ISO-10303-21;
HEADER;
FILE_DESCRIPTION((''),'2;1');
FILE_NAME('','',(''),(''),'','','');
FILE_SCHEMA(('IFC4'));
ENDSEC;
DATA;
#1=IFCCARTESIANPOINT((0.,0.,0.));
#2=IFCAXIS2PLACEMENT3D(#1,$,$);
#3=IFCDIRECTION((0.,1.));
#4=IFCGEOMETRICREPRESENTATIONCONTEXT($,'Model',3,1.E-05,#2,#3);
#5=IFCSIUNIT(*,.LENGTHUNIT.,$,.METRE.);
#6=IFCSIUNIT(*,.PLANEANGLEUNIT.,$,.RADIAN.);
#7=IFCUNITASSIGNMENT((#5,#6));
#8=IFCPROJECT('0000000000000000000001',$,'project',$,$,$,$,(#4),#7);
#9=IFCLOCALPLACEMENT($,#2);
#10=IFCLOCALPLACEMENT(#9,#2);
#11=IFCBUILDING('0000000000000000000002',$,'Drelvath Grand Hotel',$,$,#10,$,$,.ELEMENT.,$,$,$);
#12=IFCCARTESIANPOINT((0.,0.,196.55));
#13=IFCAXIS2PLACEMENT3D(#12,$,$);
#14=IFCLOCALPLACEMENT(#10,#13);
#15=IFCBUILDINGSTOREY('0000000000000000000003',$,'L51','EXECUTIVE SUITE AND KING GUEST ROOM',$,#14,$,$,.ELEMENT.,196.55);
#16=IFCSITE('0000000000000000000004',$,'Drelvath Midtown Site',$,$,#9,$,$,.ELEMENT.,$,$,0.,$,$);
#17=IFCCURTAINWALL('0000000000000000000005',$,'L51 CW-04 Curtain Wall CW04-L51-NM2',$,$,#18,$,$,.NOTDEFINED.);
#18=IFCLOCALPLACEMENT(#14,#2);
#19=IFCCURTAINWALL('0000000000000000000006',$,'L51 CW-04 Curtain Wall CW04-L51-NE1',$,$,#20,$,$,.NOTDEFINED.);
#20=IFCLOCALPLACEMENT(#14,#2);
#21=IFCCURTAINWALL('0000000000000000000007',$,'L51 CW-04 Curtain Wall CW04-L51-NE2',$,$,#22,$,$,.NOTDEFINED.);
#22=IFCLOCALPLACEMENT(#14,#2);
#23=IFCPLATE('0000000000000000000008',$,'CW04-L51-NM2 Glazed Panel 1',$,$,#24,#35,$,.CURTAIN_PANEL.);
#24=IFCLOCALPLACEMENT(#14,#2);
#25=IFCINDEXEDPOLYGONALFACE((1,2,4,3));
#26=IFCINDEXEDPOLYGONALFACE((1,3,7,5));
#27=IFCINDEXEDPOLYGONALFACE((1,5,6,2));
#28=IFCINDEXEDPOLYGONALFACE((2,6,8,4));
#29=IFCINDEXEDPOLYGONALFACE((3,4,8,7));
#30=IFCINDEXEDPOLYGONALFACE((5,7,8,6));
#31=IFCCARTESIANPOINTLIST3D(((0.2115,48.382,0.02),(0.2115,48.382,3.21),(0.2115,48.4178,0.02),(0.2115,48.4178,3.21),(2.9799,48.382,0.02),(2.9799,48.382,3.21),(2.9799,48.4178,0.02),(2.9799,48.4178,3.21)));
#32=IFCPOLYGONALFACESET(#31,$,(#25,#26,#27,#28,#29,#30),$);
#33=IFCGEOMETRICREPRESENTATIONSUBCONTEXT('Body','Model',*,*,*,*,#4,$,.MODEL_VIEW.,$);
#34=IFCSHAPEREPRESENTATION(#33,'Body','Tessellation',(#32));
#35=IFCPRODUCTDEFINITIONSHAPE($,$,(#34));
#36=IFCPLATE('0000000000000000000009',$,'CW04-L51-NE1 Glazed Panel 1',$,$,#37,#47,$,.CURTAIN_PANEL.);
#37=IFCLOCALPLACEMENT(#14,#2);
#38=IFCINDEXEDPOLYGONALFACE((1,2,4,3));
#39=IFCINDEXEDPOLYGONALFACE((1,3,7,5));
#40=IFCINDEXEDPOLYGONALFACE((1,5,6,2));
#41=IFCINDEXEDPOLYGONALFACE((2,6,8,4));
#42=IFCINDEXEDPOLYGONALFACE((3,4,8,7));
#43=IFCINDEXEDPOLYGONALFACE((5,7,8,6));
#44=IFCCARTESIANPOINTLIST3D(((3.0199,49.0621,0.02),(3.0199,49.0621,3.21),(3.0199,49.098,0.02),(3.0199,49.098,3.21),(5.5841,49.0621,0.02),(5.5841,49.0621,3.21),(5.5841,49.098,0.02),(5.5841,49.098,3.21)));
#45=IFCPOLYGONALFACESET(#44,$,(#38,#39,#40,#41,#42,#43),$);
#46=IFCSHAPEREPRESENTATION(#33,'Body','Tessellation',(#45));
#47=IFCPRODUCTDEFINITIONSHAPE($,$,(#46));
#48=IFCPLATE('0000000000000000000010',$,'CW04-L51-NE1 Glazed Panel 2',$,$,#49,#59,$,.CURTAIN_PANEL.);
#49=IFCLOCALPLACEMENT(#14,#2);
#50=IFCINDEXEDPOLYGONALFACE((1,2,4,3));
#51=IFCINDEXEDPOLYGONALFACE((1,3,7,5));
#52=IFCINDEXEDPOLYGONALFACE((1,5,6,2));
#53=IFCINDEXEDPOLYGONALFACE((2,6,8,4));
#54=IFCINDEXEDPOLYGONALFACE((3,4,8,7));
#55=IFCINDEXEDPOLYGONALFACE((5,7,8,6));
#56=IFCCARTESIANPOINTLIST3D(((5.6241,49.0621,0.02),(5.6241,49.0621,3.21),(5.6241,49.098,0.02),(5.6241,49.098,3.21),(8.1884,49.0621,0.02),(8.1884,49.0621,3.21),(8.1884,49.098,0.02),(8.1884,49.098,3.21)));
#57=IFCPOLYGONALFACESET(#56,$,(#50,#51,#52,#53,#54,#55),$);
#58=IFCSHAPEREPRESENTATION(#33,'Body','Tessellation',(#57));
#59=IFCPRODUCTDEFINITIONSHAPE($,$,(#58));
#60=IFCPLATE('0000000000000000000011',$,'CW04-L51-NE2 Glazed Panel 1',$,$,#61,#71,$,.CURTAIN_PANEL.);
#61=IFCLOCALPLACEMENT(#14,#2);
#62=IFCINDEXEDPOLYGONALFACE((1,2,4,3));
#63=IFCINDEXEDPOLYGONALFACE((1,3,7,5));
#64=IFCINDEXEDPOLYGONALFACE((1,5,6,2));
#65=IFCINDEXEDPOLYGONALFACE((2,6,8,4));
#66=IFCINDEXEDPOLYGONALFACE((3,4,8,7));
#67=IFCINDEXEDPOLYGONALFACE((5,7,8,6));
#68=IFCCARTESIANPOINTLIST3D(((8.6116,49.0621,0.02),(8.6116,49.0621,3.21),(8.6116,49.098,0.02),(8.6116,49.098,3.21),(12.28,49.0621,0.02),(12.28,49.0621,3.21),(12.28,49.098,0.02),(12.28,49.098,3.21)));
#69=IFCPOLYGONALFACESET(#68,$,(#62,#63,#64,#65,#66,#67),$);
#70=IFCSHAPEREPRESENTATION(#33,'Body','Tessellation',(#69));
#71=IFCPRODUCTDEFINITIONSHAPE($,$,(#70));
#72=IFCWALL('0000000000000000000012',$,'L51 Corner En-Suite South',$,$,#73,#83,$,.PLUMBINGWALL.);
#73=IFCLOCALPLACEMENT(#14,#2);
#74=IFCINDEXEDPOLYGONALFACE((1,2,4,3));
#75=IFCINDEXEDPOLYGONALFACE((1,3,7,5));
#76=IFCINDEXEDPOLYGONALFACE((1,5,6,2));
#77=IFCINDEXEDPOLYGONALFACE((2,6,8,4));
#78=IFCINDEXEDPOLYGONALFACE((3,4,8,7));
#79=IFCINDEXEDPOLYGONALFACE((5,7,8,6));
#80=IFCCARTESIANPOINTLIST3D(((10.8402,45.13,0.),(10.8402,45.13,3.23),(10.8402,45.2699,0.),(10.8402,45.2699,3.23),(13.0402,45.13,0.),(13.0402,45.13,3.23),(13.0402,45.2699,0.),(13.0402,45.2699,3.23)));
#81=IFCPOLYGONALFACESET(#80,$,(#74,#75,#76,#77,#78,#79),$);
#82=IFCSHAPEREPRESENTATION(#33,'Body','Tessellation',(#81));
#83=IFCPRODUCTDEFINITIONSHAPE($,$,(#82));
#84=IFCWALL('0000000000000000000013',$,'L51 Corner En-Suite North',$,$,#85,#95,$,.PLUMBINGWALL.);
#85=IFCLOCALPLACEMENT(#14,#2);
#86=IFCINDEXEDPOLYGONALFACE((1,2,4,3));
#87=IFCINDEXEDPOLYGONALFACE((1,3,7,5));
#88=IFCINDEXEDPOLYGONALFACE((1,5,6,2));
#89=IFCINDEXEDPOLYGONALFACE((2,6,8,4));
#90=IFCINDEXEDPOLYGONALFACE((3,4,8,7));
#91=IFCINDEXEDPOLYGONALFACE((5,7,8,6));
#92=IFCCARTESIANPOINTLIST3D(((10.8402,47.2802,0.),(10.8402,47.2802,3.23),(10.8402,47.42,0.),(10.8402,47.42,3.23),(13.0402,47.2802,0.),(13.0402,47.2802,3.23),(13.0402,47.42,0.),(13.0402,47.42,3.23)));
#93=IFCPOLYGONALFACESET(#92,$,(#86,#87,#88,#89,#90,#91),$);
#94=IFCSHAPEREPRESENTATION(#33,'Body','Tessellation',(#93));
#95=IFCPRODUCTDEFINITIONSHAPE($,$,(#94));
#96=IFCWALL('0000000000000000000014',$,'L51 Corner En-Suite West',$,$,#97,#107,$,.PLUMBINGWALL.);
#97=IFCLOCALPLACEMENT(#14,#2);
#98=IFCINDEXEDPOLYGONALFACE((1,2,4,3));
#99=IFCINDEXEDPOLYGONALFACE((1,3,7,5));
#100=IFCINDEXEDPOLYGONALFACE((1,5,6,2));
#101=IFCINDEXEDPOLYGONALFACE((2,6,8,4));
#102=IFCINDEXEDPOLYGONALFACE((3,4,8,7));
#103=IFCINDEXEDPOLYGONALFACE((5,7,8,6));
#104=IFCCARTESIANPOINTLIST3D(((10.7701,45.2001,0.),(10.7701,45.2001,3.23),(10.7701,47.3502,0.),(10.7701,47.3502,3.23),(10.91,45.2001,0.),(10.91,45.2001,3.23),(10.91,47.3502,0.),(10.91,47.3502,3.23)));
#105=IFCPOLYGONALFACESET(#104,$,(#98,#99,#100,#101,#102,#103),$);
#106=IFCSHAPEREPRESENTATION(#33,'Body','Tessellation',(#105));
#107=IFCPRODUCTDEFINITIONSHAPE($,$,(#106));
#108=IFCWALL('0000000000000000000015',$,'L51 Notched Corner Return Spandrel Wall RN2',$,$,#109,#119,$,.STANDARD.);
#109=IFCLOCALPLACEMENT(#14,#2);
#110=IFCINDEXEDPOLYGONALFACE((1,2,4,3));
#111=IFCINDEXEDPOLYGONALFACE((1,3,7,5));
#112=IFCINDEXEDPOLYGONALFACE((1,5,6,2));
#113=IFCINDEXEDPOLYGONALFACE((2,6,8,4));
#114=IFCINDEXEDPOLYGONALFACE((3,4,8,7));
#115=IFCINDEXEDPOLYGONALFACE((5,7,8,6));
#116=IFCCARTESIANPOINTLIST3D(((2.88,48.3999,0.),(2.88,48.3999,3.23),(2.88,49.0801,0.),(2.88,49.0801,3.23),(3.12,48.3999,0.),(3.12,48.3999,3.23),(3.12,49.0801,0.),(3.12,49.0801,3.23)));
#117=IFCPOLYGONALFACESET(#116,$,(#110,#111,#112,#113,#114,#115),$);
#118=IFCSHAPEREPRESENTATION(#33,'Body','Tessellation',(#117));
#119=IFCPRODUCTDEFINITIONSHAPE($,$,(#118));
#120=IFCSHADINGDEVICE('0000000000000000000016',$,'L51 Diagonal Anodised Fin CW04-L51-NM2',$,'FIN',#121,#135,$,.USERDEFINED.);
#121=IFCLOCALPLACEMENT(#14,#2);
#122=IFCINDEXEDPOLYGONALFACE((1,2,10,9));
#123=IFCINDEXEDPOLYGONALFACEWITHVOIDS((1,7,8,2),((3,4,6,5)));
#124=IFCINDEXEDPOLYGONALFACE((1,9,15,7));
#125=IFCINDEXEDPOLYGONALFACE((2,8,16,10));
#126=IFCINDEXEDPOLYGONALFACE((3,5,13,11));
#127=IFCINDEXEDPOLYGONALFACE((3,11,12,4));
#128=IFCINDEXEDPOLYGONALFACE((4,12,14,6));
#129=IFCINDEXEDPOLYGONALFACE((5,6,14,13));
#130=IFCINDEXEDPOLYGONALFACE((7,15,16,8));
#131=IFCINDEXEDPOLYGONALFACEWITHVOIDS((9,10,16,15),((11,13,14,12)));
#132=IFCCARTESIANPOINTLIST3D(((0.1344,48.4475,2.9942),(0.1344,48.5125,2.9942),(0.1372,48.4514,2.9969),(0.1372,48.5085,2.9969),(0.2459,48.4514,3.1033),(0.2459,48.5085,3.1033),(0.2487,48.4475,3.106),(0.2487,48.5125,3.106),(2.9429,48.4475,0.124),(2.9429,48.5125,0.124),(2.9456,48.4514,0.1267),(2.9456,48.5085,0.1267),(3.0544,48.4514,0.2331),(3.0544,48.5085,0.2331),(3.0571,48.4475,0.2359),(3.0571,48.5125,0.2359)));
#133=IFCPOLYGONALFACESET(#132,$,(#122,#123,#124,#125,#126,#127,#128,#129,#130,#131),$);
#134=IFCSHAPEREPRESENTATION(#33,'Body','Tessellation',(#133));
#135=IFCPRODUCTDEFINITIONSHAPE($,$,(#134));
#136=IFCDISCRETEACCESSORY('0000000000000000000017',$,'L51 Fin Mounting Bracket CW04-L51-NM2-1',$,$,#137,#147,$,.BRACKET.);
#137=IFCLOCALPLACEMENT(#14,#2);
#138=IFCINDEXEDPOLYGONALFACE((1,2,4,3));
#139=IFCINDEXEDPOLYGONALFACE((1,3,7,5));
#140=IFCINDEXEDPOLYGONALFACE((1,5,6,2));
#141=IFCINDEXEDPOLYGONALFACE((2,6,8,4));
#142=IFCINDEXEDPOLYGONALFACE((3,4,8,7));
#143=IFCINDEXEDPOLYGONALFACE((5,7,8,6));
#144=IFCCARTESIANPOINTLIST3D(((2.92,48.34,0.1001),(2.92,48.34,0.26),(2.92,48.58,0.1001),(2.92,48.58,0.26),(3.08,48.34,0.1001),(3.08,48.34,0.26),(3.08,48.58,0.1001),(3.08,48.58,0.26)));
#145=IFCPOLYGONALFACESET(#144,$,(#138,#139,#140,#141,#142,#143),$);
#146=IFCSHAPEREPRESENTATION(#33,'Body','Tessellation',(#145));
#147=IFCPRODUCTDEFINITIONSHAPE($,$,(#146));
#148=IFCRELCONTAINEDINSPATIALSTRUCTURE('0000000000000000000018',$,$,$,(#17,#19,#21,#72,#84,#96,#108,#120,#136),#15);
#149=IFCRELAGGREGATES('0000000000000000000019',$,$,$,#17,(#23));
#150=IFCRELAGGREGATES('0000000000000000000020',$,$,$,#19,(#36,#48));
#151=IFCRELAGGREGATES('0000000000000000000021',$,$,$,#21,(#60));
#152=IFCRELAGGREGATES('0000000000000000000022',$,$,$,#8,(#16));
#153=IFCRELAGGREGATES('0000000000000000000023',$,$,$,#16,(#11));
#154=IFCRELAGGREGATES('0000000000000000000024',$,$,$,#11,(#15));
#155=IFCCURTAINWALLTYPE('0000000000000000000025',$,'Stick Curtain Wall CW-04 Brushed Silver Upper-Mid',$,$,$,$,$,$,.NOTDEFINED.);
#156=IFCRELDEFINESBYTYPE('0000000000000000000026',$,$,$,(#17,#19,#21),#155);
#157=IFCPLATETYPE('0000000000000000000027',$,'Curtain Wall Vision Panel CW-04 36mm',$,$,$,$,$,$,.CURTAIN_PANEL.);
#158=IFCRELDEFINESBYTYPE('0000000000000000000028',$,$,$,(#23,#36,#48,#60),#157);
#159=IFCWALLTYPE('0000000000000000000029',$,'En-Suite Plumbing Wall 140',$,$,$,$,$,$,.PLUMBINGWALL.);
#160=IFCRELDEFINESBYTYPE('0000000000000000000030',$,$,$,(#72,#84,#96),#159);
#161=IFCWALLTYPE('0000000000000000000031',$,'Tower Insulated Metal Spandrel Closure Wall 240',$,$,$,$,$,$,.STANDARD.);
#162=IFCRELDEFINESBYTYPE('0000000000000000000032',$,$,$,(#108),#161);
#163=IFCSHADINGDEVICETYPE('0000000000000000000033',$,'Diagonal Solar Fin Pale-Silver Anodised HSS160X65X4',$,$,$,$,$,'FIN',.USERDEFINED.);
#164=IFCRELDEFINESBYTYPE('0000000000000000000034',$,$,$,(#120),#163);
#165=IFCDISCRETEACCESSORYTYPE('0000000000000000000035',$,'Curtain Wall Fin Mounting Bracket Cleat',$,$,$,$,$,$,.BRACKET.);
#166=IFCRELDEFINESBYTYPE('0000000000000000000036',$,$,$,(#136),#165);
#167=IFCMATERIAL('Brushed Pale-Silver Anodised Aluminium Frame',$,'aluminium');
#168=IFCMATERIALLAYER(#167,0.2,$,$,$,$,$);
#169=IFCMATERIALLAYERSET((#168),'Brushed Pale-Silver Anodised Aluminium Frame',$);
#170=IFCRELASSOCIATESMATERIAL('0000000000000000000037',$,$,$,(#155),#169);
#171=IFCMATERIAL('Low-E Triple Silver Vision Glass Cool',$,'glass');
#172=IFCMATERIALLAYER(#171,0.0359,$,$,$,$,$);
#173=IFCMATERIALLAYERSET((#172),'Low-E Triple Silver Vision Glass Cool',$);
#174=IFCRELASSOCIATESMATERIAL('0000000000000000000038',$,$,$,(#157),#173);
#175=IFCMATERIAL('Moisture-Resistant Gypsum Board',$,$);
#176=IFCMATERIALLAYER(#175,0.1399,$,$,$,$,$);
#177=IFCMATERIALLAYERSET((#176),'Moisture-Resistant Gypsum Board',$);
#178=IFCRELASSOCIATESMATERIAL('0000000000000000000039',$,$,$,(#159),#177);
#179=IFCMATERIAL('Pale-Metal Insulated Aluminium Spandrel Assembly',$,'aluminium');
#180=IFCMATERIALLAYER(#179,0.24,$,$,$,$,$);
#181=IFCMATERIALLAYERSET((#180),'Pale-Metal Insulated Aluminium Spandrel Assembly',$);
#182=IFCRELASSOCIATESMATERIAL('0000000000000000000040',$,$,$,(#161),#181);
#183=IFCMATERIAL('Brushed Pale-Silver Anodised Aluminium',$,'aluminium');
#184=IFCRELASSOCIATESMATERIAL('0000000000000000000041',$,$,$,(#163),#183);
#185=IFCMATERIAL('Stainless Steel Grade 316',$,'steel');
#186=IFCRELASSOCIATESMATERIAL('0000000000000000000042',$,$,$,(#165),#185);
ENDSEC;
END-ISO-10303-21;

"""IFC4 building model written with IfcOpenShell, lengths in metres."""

from ifc_helpers import new_model, si_unit, direction, frame, frame_2d, origin, origin_2d, place, context, subcontext, project, spatial, rectangle, hollow_rectangle, extrude, material, layer, layer_set, material_profile, profile_set, type_object, element, aggregate, save


model = new_model("IFC4")

# Units and contexts
model_context = context("Model", 3, precision=1e-05, world=origin(), true_north=direction((0.0, 1.0)))
body_context = subcontext(model_context, "Body", "Model", "MODEL_VIEW")
ifc_project = project(units=[si_unit("LENGTHUNIT", "METRE"), si_unit("PLANEANGLEUNIT", "RADIAN")], contexts=[model_context])

# Site, building, storey
site_placement = place(None, origin())
site = spatial("IfcSite", under=ifc_project, at=site_placement, Name="Drelvath Midtown Site", CompositionType="ELEMENT", RefElevation=0.0)
building_placement = place(site_placement, origin())
building = spatial("IfcBuilding", under=site, at=building_placement, Name="Drelvath Grand Hotel", CompositionType="ELEMENT")
storey_placement = place(building_placement, frame((0.0, 0.0, 196.55)))
storey = spatial("IfcBuildingStorey", under=building, at=storey_placement, Name="L51", Description="EXECUTIVE SUITE AND KING GUEST ROOM", CompositionType="ELEMENT", Elevation=196.55)

# Curtain walls
ifc_material_1 = material(Name="Brushed Pale-Silver Anodised Aluminium Frame", Category="aluminium")
ifc_layer_1 = layer(ifc_material_1, 0.2)
ifc_layer_set_1 = layer_set([ifc_layer_1], Name="Brushed Pale-Silver Anodised Aluminium Frame")
curtain_wall_type = type_object("IfcCurtainWallType", Name="Stick Curtain Wall CW-04 Brushed Silver Upper-Mid", PredefinedType="NOTDEFINED", material=ifc_layer_set_1)
curtain_wall_1_placement = place(storey_placement, origin())
curtain_wall_1 = element("IfcCurtainWall", 1, at=curtain_wall_1_placement, inside=storey, type_object=curtain_wall_type, Name="L51 CW-04 Curtain Wall CW04-L51-NM2", PredefinedType="NOTDEFINED")
curtain_wall_2_placement = place(storey_placement, origin())
curtain_wall_2 = element("IfcCurtainWall", 2, at=curtain_wall_2_placement, inside=storey, type_object=curtain_wall_type, Name="L51 CW-04 Curtain Wall CW04-L51-NE1", PredefinedType="NOTDEFINED")
curtain_wall_3_placement = place(storey_placement, origin())
curtain_wall_3 = element("IfcCurtainWall", 3, at=curtain_wall_3_placement, inside=storey, type_object=curtain_wall_type, Name="L51 CW-04 Curtain Wall CW04-L51-NE2", PredefinedType="NOTDEFINED")

# Plates
ifc_material_2 = material(Name="Low-E Triple Silver Vision Glass Cool", Category="glass")
ifc_layer_2 = layer(ifc_material_2, 0.0359)
ifc_layer_set_2 = layer_set([ifc_layer_2], Name="Low-E Triple Silver Vision Glass Cool")
plate_type = type_object("IfcPlateType", Name="Curtain Wall Vision Panel CW-04 36mm", PredefinedType="CURTAIN_PANEL", material=ifc_layer_set_2)
plate_1_placement = place(storey_placement, frame((1.5957, 48.3999, 0.02), z_axis=(0.0, 0.0, 1.0), x_axis=(1.0, 0.0, 0.0)))
plate_1 = element("IfcPlate", 4, at=plate_1_placement, type_object=plate_type, Name="CW04-L51-NM2 Glazed Panel 1", PredefinedType="CURTAIN_PANEL", context=body_context, shape_type="SweptSolid", body=[
    extrude(rectangle(XDim=2.7683, YDim=0.0359, at=origin_2d()), origin(), (0.0, 0.0, 1.0), 3.1899),
])
aggregate(curtain_wall_1, [plate_1])
plate_2_placement = place(storey_placement, frame((4.302, 49.0801, 0.02), z_axis=(0.0, 0.0, 1.0), x_axis=(1.0, 0.0, 0.0)))
plate_2 = element("IfcPlate", 5, at=plate_2_placement, type_object=plate_type, Name="CW04-L51-NE1 Glazed Panel 1", PredefinedType="CURTAIN_PANEL", context=body_context, shape_type="SweptSolid", body=[
    extrude(rectangle(XDim=2.5642, YDim=0.0359, at=origin_2d()), origin(), (0.0, 0.0, 1.0), 3.1899),
])
plate_3_placement = place(storey_placement, frame((6.9062, 49.0801, 0.02), z_axis=(0.0, 0.0, 1.0), x_axis=(1.0, 0.0, 0.0)))
plate_3 = element("IfcPlate", 6, at=plate_3_placement, type_object=plate_type, Name="CW04-L51-NE1 Glazed Panel 2", PredefinedType="CURTAIN_PANEL", context=body_context, shape_type="SweptSolid", body=[
    extrude(rectangle(XDim=2.5642, YDim=0.0359, at=origin_2d()), origin(), (0.0, 0.0, 1.0), 3.1899),
])
aggregate(curtain_wall_2, [plate_2, plate_3])
plate_4_placement = place(storey_placement, frame((10.4458, 49.0801, 0.02), z_axis=(0.0, 0.0, 1.0), x_axis=(1.0, 0.0, 0.0)))
plate_4 = element("IfcPlate", 7, at=plate_4_placement, type_object=plate_type, Name="CW04-L51-NE2 Glazed Panel 1", PredefinedType="CURTAIN_PANEL", context=body_context, shape_type="SweptSolid", body=[
    extrude(rectangle(XDim=3.6685, YDim=0.0359, at=origin_2d()), origin(), (0.0, 0.0, 1.0), 3.1899),
])
aggregate(curtain_wall_3, [plate_4])

# Walls
ifc_material_3 = material(Name="Moisture-Resistant Gypsum Board")
ifc_layer_3 = layer(ifc_material_3, 0.1399)
ifc_layer_set_3 = layer_set([ifc_layer_3], Name="Moisture-Resistant Gypsum Board")
wall_type_1 = type_object("IfcWallType", Name="En-Suite Plumbing Wall 140", PredefinedType="PLUMBINGWALL", material=ifc_layer_set_3)
for number, where, z_axis, x_axis, name in (
    (8, (10.8401, 45.2, 0.0), (0.0, 0.0, 1.0), (1.0, 0.0, 0.0), "L51 Corner En-Suite South"),
    (9, (10.8401, 47.3501, 0.0), (0.0, 0.0, 1.0), (1.0, 0.0, 0.0), "L51 Corner En-Suite North"),
):
    element("IfcWall", number, at=place(storey_placement, frame(where, z_axis=z_axis, x_axis=x_axis)), inside=storey, type_object=wall_type_1, Name=name, PredefinedType="PLUMBINGWALL", context=body_context, shape_type="SweptSolid", body=[
        extrude(rectangle(XDim=2.2, YDim=0.1399, at=frame_2d((1.1001, 0.0))), origin(), (0.0, 0.0, 1.0), 3.23),
    ])
wall_1_placement = place(storey_placement, frame((10.8401, 45.2, 0.0), z_axis=(0.0, 0.0, 1.0), x_axis=(0.0, 1.0, 0.0)))
element("IfcWall", 10, at=wall_1_placement, inside=storey, type_object=wall_type_1, Name="L51 Corner En-Suite West", PredefinedType="PLUMBINGWALL", context=body_context, shape_type="SweptSolid", body=[
    extrude(rectangle(XDim=2.1501, YDim=0.1399, at=frame_2d((1.0752, 0.0))), origin(), (0.0, 0.0, 1.0), 3.23),
])
ifc_material_4 = material(Name="Pale-Metal Insulated Aluminium Spandrel Assembly", Category="aluminium")
ifc_layer_4 = layer(ifc_material_4, 0.24)
ifc_layer_set_4 = layer_set([ifc_layer_4], Name="Pale-Metal Insulated Aluminium Spandrel Assembly")
wall_type_2 = type_object("IfcWallType", Name="Tower Insulated Metal Spandrel Closure Wall 240", PredefinedType="STANDARD", material=ifc_layer_set_4)
wall_2_placement = place(storey_placement, frame((3.0, 48.3999, 0.0), z_axis=(0.0, 0.0, 1.0), x_axis=(0.0, 1.0, 0.0)))
element("IfcWall", 11, at=wall_2_placement, inside=storey, type_object=wall_type_2, Name="L51 Notched Corner Return Spandrel Wall RN2", PredefinedType="STANDARD", context=body_context, shape_type="SweptSolid", body=[
    extrude(rectangle(XDim=0.6802, YDim=0.24, at=frame_2d((0.3401, 0.0))), origin(), (0.0, 0.0, 1.0), 3.23),
])

# Shading device
ifc_material_5 = material(Name="Brushed Pale-Silver Anodised Aluminium", Category="aluminium")
ifc_material_profile_1 = material_profile(ifc_material_5, hollow_rectangle(XDim=0.0649, YDim=0.1599, WallThickness=0.0039, at=origin_2d()), Name="HSS160X65X4")
ifc_profile_set_1 = profile_set([ifc_material_profile_1], Name="Brushed Pale-Silver Anodised Aluminium")
shading_device_type = type_object("IfcShadingDeviceType", Name="Diagonal Solar Fin Pale-Silver Anodised HSS160X65X4", ElementType="FIN", PredefinedType="USERDEFINED", material=ifc_profile_set_1)
shading_device_placement = place(storey_placement, frame((3.0, 48.48, 0.1799), z_axis=(-0.699374, 0.0, 0.714756), x_axis=(0.0, -1.0, 0.0)))
element("IfcShadingDevice", 12, at=shading_device_placement, inside=storey, type_object=shading_device_type, Name="L51 Diagonal Anodised Fin CW04-L51-NM2", ObjectType="FIN", PredefinedType="USERDEFINED", context=body_context, shape_type="SweptSolid", body=[
    extrude(hollow_rectangle(XDim=0.0649, YDim=0.1599, WallThickness=0.0039, at=origin_2d()), origin(), (0.0, 0.0, 1.0), 4.0156),
])

# Discrete accessory
ifc_material_6 = material(Name="Stainless Steel Grade 316", Category="steel")
discrete_accessory_type = type_object("IfcDiscreteAccessoryType", Name="Curtain Wall Fin Mounting Bracket Cleat", PredefinedType="BRACKET", material=ifc_material_6)
discrete_accessory_placement = place(storey_placement, frame((3.0, 48.46, 0.1001), z_axis=(0.0, 0.0, 1.0), x_axis=(1.0, 0.0, 0.0)))
element("IfcDiscreteAccessory", 13, at=discrete_accessory_placement, inside=storey, type_object=discrete_accessory_type, Name="L51 Fin Mounting Bracket CW04-L51-NM2-1", PredefinedType="BRACKET", context=body_context, shape_type="SweptSolid", body=[
    extrude(rectangle(XDim=0.1599, YDim=0.24, at=origin_2d()), origin(), (0.0, 0.0, 1.0), 0.1599),
])

save(model, "model.ifc")
